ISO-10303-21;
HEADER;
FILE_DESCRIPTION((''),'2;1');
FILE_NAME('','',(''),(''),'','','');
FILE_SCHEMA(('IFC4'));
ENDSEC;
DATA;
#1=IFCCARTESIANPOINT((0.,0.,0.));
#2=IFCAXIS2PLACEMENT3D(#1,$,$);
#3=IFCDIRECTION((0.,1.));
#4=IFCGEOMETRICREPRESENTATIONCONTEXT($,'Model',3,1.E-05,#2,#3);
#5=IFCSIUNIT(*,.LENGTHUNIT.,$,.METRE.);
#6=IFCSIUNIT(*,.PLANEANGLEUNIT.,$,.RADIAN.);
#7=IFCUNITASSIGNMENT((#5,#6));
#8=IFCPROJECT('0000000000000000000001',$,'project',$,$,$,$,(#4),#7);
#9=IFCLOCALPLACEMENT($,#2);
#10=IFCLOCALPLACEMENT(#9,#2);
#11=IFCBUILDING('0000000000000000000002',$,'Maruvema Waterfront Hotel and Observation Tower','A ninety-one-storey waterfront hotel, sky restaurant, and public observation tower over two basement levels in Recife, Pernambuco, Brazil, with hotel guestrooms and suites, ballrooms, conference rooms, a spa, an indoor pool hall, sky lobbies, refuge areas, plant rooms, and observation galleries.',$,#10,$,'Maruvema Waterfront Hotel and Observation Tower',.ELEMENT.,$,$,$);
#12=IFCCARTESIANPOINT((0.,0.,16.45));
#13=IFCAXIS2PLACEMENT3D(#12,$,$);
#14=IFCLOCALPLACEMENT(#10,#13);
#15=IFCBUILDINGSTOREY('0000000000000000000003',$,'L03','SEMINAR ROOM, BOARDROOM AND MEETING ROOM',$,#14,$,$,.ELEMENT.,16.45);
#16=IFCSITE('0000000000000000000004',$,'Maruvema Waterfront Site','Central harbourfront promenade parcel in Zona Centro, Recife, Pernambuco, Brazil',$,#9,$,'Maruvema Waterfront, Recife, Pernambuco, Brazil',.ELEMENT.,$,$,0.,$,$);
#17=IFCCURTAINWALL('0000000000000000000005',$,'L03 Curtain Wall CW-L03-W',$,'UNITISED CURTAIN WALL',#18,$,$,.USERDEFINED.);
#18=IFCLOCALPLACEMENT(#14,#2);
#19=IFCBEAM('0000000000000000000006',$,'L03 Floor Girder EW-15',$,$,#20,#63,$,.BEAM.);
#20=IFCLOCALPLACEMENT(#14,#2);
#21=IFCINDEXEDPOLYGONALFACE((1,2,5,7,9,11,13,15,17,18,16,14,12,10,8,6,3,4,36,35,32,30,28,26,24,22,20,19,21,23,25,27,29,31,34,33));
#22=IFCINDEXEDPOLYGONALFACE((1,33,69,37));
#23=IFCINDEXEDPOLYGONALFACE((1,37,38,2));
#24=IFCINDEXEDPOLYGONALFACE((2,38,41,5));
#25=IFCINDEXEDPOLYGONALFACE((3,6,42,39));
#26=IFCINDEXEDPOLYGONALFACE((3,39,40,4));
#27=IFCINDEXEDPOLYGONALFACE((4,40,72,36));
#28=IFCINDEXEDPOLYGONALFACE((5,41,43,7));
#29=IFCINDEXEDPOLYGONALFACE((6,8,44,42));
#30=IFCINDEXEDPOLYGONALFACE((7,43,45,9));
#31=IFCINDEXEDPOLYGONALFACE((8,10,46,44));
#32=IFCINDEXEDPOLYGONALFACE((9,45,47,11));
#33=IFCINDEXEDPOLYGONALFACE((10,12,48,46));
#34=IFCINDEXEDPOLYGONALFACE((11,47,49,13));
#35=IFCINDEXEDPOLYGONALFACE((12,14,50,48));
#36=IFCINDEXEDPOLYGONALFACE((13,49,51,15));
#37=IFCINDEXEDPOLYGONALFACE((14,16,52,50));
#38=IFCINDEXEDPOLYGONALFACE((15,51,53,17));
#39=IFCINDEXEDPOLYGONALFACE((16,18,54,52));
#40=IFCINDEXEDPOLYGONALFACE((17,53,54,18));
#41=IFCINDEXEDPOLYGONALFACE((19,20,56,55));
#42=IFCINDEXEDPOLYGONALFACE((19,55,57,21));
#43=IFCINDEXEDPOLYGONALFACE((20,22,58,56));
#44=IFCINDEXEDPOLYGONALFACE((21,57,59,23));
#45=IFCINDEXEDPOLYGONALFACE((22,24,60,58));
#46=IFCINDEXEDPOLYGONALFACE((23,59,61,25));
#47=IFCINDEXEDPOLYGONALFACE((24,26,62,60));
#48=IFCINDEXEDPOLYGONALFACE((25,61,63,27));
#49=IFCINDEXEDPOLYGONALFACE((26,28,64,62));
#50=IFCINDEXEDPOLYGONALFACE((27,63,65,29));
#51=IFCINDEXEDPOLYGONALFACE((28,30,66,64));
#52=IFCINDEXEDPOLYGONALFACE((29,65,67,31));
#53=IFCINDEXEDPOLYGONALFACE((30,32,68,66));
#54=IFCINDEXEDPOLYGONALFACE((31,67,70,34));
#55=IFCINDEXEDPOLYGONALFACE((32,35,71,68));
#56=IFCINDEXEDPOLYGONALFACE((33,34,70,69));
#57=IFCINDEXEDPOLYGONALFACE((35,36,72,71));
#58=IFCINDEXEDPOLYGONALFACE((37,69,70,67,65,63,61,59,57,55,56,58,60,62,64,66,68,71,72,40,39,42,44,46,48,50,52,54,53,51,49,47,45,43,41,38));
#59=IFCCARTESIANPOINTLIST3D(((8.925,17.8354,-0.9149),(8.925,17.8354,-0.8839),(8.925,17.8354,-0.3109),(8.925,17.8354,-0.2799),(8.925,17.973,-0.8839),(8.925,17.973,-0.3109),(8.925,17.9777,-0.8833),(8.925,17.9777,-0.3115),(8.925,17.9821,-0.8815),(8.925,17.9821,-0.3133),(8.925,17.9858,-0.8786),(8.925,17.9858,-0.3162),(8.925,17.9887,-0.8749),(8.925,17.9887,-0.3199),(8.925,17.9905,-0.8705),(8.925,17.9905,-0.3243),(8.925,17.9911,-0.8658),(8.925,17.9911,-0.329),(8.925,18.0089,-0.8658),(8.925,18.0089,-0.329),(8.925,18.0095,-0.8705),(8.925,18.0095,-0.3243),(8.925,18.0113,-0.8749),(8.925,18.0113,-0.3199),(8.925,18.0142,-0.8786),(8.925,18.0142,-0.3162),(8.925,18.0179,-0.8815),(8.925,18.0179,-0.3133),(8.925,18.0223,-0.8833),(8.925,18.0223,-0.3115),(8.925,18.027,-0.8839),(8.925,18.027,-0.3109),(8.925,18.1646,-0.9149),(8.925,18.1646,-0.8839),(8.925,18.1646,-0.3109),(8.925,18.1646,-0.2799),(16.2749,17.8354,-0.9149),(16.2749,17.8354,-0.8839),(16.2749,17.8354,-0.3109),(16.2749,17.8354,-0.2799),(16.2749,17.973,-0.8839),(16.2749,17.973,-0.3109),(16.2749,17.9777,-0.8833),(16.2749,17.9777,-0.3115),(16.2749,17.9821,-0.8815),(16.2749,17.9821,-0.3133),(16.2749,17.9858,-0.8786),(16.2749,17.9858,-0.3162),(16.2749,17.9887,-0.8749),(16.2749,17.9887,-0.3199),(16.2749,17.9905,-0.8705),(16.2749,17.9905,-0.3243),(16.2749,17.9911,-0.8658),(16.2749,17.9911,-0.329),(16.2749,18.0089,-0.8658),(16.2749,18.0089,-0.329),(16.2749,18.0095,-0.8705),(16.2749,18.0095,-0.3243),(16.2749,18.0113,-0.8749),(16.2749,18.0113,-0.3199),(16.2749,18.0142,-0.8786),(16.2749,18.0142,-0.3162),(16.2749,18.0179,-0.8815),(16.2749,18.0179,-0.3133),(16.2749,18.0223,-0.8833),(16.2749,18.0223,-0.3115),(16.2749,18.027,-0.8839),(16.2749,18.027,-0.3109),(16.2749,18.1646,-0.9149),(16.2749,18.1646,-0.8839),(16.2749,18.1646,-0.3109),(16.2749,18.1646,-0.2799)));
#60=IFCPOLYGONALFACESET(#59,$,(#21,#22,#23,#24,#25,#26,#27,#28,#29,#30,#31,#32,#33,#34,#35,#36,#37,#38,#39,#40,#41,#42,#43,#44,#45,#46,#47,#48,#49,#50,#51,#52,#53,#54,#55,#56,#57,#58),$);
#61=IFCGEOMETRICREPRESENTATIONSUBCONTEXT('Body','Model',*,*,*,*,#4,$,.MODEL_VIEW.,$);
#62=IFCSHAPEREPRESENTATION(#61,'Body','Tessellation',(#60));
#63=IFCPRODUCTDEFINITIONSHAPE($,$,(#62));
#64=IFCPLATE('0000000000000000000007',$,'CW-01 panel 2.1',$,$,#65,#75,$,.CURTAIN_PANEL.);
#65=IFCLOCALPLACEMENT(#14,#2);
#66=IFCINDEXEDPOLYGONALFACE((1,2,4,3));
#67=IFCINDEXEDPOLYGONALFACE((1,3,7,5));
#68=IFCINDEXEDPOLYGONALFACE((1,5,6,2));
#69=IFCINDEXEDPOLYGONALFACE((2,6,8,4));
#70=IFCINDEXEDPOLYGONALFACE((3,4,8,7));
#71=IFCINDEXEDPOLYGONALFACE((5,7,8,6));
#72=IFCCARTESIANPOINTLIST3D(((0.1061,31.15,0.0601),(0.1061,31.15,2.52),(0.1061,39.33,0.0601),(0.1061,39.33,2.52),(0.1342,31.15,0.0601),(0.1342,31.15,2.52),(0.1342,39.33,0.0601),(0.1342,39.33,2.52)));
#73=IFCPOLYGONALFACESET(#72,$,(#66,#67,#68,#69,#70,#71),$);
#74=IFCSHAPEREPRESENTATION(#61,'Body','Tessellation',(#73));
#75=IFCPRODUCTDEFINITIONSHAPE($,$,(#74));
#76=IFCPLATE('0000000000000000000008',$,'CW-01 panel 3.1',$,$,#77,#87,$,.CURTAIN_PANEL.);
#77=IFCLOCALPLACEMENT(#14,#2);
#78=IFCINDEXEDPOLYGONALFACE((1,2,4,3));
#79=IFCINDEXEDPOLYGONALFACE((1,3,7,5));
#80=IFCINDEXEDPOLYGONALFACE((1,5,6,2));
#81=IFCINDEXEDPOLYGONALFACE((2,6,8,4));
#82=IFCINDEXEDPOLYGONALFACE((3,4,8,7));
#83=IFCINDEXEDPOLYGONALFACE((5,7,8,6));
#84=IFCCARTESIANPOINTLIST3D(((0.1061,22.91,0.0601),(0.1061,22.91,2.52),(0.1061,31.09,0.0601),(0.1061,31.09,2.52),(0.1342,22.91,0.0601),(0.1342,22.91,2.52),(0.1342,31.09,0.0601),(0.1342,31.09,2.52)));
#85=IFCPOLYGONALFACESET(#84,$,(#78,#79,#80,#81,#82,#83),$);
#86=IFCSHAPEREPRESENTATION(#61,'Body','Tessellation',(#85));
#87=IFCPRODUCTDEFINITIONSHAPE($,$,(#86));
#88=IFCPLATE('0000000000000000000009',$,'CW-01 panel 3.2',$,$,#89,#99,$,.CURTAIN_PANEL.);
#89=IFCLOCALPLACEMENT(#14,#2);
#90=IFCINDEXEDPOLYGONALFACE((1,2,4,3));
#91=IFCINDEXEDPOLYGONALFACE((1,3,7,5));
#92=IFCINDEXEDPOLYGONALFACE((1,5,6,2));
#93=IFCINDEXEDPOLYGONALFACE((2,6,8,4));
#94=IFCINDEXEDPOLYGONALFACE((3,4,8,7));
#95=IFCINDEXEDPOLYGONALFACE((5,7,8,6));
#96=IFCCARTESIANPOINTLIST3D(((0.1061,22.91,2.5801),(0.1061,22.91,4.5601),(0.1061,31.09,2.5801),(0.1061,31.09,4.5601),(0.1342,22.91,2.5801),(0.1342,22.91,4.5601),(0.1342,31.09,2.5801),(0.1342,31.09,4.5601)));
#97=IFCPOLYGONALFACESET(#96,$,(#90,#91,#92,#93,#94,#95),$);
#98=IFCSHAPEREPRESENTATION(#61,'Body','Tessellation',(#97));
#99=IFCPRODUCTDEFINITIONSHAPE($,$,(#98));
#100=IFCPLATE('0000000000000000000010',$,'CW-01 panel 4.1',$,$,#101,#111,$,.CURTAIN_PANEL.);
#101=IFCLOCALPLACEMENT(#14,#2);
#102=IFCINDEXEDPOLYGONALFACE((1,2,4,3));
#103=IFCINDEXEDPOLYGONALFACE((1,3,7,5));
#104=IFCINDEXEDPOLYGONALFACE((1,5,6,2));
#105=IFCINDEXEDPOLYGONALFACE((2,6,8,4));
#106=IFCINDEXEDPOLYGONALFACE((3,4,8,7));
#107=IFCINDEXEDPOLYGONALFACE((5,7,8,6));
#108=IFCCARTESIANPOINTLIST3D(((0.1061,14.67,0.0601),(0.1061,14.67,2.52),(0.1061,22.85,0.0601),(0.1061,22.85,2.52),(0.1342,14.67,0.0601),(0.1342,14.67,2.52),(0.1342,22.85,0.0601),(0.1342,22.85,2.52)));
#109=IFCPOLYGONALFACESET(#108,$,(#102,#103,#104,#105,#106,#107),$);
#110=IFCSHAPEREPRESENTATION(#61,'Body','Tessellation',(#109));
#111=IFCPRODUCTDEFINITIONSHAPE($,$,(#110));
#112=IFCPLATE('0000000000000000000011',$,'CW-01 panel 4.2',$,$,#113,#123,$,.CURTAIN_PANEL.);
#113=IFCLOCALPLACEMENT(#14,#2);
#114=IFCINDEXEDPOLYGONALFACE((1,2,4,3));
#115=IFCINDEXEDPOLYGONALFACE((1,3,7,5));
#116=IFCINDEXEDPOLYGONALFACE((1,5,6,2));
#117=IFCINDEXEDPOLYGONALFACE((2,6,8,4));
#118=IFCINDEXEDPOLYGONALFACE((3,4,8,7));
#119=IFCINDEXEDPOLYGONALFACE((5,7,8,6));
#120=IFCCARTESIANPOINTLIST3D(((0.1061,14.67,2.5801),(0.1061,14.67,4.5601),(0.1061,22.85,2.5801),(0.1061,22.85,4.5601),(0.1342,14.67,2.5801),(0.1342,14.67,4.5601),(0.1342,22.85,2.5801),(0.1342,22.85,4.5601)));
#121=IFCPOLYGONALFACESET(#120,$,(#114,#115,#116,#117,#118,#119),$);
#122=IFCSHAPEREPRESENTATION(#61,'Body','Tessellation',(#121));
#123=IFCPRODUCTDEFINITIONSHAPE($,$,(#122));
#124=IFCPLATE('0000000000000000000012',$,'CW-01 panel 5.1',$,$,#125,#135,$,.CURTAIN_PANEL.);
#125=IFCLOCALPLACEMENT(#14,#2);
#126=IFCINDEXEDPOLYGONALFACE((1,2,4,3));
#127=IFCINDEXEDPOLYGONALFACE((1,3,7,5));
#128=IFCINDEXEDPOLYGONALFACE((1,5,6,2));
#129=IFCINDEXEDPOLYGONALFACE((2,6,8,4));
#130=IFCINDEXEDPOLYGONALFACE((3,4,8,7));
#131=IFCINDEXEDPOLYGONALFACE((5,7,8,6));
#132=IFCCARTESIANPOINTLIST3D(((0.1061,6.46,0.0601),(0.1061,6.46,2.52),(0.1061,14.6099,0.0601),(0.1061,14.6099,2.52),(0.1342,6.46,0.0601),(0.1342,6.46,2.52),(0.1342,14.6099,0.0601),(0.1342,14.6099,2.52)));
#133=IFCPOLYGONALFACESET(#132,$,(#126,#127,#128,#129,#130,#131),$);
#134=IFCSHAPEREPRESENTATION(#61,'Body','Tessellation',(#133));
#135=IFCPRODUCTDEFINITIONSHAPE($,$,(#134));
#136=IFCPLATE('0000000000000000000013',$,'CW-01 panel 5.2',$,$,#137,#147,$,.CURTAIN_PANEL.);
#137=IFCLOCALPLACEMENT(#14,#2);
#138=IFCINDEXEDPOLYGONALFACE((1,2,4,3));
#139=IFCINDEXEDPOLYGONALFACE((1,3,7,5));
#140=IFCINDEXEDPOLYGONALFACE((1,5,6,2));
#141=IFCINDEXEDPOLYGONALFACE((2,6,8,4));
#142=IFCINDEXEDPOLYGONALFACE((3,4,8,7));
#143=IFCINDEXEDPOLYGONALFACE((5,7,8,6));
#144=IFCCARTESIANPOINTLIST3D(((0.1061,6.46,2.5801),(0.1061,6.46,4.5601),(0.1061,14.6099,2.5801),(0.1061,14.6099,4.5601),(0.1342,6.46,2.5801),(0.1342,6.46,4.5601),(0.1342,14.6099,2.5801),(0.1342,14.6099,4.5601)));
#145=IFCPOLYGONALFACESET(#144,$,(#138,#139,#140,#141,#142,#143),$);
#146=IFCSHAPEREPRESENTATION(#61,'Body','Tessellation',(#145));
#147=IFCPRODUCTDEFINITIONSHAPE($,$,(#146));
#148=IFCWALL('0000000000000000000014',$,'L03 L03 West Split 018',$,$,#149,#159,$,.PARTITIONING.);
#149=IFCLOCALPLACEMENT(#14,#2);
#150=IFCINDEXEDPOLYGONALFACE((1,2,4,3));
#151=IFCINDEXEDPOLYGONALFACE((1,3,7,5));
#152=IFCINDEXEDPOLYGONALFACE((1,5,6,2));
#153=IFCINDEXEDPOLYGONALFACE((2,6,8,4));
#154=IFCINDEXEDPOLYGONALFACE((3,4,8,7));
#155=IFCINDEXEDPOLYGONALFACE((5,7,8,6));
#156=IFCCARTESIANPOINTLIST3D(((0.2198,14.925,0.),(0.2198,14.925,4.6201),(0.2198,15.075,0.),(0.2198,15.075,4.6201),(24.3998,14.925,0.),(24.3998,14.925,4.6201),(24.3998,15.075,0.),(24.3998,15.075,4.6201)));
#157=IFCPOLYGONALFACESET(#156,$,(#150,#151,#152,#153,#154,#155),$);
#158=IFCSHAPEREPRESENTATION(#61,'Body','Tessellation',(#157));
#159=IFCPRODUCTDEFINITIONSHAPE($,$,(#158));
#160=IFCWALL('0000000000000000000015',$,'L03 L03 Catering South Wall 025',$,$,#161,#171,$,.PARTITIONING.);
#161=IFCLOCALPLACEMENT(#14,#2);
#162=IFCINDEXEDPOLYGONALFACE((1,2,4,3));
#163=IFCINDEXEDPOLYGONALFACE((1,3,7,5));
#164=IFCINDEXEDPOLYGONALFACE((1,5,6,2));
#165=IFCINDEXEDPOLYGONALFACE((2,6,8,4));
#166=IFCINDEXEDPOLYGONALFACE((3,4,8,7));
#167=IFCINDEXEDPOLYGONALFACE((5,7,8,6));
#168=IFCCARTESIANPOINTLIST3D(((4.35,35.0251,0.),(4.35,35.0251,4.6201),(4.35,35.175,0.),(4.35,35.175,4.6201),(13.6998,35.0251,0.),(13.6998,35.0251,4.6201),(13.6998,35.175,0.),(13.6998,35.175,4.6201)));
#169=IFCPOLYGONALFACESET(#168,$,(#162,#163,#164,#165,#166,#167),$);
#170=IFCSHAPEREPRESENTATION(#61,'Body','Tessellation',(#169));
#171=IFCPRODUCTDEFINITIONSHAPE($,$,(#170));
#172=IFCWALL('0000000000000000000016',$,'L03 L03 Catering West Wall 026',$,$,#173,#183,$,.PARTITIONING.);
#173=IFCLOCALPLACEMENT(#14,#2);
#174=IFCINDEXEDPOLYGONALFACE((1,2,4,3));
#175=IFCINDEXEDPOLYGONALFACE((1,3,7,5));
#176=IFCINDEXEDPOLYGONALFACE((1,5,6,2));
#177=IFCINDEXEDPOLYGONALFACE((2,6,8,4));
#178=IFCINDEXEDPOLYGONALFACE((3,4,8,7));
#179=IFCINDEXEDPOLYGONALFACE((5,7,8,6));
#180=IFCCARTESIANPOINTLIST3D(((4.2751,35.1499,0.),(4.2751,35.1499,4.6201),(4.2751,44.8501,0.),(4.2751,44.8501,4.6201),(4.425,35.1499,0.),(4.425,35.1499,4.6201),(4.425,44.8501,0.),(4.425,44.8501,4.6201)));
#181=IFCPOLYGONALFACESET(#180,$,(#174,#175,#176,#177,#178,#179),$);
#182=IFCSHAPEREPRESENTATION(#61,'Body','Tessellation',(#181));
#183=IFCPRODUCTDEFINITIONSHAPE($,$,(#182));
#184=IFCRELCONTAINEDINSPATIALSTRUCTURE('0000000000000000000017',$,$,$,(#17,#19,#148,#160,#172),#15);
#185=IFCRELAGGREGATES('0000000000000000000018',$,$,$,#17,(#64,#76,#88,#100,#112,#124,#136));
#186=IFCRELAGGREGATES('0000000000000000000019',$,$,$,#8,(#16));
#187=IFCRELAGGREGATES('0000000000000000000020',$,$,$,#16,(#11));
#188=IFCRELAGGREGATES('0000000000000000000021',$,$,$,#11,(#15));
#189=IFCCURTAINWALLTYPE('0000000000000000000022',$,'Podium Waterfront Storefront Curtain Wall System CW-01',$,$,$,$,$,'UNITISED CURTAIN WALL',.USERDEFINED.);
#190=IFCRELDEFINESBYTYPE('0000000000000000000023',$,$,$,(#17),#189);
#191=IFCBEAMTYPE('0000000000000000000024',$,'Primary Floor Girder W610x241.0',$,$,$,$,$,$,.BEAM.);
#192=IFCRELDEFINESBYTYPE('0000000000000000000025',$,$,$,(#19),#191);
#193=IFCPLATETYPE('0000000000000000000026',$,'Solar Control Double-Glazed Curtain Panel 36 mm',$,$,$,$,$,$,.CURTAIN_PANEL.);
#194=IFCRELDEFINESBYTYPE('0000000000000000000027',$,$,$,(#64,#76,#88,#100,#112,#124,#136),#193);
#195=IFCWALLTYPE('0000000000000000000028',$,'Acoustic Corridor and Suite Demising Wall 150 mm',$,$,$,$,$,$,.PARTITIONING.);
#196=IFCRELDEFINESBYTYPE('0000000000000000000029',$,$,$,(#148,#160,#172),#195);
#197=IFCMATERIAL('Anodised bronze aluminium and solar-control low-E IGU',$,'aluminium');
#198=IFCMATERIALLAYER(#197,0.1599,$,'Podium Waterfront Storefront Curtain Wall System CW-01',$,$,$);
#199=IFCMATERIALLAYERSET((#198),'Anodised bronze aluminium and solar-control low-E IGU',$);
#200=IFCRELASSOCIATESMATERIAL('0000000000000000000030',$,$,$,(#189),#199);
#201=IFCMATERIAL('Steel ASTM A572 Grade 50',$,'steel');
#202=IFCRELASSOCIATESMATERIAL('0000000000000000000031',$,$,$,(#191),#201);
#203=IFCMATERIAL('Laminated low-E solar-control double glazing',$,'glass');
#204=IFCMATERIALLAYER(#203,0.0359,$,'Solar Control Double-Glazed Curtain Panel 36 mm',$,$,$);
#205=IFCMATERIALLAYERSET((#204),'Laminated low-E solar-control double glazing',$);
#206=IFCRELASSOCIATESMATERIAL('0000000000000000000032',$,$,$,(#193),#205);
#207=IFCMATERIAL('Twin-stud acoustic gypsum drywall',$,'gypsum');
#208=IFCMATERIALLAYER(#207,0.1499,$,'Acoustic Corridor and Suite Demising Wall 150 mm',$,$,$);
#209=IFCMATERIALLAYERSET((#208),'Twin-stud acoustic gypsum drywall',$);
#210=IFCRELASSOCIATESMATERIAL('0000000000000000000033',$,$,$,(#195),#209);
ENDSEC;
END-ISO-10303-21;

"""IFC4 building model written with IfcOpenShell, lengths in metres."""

from ifc_helpers import new_model, si_unit, direction, frame, frame_2d, origin, origin_2d, place, context, subcontext, project, spatial, rectangle, i_section, extrude, material, layer, layer_set, material_profile, profile_set, type_object, element, aggregate, save


model = new_model("IFC4")

# Units and contexts
model_context = context("Model", 3, precision=1e-05, world=origin(), true_north=direction((0.0, 1.0)))
body_context = subcontext(model_context, "Body", "Model", "MODEL_VIEW")
ifc_project = project(units=[si_unit("LENGTHUNIT", "METRE"), si_unit("PLANEANGLEUNIT", "RADIAN")], contexts=[model_context])

# Site, building, storey
site_placement = place(None, origin())
site = spatial("IfcSite", under=ifc_project, at=site_placement, Name="Maruvema Waterfront Site", Description="Central harbourfront promenade parcel in Zona Centro, Recife, Pernambuco, Brazil", LongName="Maruvema Waterfront, Recife, Pernambuco, Brazil", CompositionType="ELEMENT", RefElevation=0.0)
building_placement = place(site_placement, origin())
building = spatial("IfcBuilding", under=site, at=building_placement, Name="Maruvema Waterfront Hotel and Observation Tower", Description="A ninety-one-storey waterfront hotel, sky restaurant, and public observation tower over two basement levels in Recife, Pernambuco, Brazil, with hotel guestrooms and suites, ballrooms, conference rooms, a spa, an indoor pool hall, sky lobbies, refuge areas, plant rooms, and observation galleries.", LongName="Maruvema Waterfront Hotel and Observation Tower", CompositionType="ELEMENT")
storey_placement = place(building_placement, frame((0.0, 0.0, 16.45)))
storey = spatial("IfcBuildingStorey", under=building, at=storey_placement, Name="L03", Description="SEMINAR ROOM, BOARDROOM AND MEETING ROOM", CompositionType="ELEMENT", Elevation=16.45)

# Curtain wall
ifc_material_1 = material(Name="Anodised bronze aluminium and solar-control low-E IGU", Category="aluminium")
ifc_layer_1 = layer(ifc_material_1, 0.1599, Name="Podium Waterfront Storefront Curtain Wall System CW-01")
ifc_layer_set_1 = layer_set([ifc_layer_1], Name="Anodised bronze aluminium and solar-control low-E IGU")
curtain_wall_type = type_object("IfcCurtainWallType", Name="Podium Waterfront Storefront Curtain Wall System CW-01", ElementType="UNITISED CURTAIN WALL", PredefinedType="USERDEFINED", material=ifc_layer_set_1)
curtain_wall_placement = place(storey_placement, origin())
curtain_wall = element("IfcCurtainWall", 1, at=curtain_wall_placement, inside=storey, type_object=curtain_wall_type, Name="L03 Curtain Wall CW-L03-W", ObjectType="UNITISED CURTAIN WALL", PredefinedType="USERDEFINED")

# Beam
ifc_material_2 = material(Name="Steel ASTM A572 Grade 50", Category="steel")
ifc_material_profile_1 = material_profile(ifc_material_2, i_section(OverallWidth=0.3291, OverallDepth=0.635, WebThickness=0.0178, FlangeThickness=0.031, FilletRadius=0.0181, at=origin_2d()), Name="W610x241.0")
ifc_profile_set_1 = profile_set([ifc_material_profile_1], Name="Steel ASTM A572 Grade 50")
beam_type_1 = type_object("IfcBeamType", Name="Primary Floor Girder W610x241.0", PredefinedType="BEAM", material=ifc_profile_set_1)
beam_placement = place(storey_placement, frame((8.925, 18.0, -0.5974), z_axis=(1.0, 0.0, 0.0), x_axis=(0.0, 1.0, 0.0)))
element("IfcBeam", 2, at=beam_placement, inside=storey, type_object=beam_type_1, Name="L03 Floor Girder EW-15", PredefinedType="BEAM", context=body_context, shape_type="SweptSolid", body=[
    extrude(i_section(OverallWidth=0.3291, OverallDepth=0.635, WebThickness=0.0178, FlangeThickness=0.031, FilletRadius=0.0181, at=origin_2d()), origin(), (0.0, 0.0, 1.0), 7.3499),
])

# Plates
ifc_material_3 = material(Name="Laminated low-E solar-control double glazing", Category="glass")
ifc_layer_2 = layer(ifc_material_3, 0.0359, Name="Solar Control Double-Glazed Curtain Panel 36 mm")
ifc_layer_set_2 = layer_set([ifc_layer_2], Name="Laminated low-E solar-control double glazing")
plate_type = type_object("IfcPlateType", Name="Solar Control Double-Glazed Curtain Panel 36 mm", PredefinedType="CURTAIN_PANEL", material=ifc_layer_set_2)
plate_1_placement = place(storey_placement, frame((0.1201, 35.24, 0.0601), z_axis=(0.0, 0.0, 1.0), x_axis=(0.0, -1.0, 0.0)))
plate_1 = element("IfcPlate", 3, at=plate_1_placement, type_object=plate_type, Name="CW-01 panel 2.1", PredefinedType="CURTAIN_PANEL", context=body_context, shape_type="SweptSolid", body=[
    extrude(rectangle(XDim=8.1799, YDim=0.0281, at=origin_2d()), origin(), (0.0, 0.0, 1.0), 2.46),
])
plate_2_placement = place(storey_placement, frame((0.1201, 27.0, 0.0601), z_axis=(0.0, 0.0, 1.0), x_axis=(0.0, -1.0, 0.0)))
plate_2 = element("IfcPlate", 4, at=plate_2_placement, type_object=plate_type, Name="CW-01 panel 3.1", PredefinedType="CURTAIN_PANEL", context=body_context, shape_type="SweptSolid", body=[
    extrude(rectangle(XDim=8.1799, YDim=0.0281, at=origin_2d()), origin(), (0.0, 0.0, 1.0), 2.46),
])
plate_3_placement = place(storey_placement, frame((0.1201, 27.0, 2.5801), z_axis=(0.0, 0.0, 1.0), x_axis=(0.0, -1.0, 0.0)))
plate_3 = element("IfcPlate", 5, at=plate_3_placement, type_object=plate_type, Name="CW-01 panel 3.2", PredefinedType="CURTAIN_PANEL", context=body_context, shape_type="SweptSolid", body=[
    extrude(rectangle(XDim=8.1799, YDim=0.0281, at=origin_2d()), origin(), (0.0, 0.0, 1.0), 1.98),
])
plate_4_placement = place(storey_placement, frame((0.1201, 18.76, 0.0601), z_axis=(0.0, 0.0, 1.0), x_axis=(0.0, -1.0, 0.0)))
plate_4 = element("IfcPlate", 6, at=plate_4_placement, type_object=plate_type, Name="CW-01 panel 4.1", PredefinedType="CURTAIN_PANEL", context=body_context, shape_type="SweptSolid", body=[
    extrude(rectangle(XDim=8.1799, YDim=0.0281, at=origin_2d()), origin(), (0.0, 0.0, 1.0), 2.46),
])
plate_5_placement = place(storey_placement, frame((0.1201, 18.76, 2.5801), z_axis=(0.0, 0.0, 1.0), x_axis=(0.0, -1.0, 0.0)))
plate_5 = element("IfcPlate", 7, at=plate_5_placement, type_object=plate_type, Name="CW-01 panel 4.2", PredefinedType="CURTAIN_PANEL", context=body_context, shape_type="SweptSolid", body=[
    extrude(rectangle(XDim=8.1799, YDim=0.0281, at=origin_2d()), origin(), (0.0, 0.0, 1.0), 1.98),
])
plate_6_placement = place(storey_placement, frame((0.1201, 10.5349, 0.0601), z_axis=(0.0, 0.0, 1.0), x_axis=(0.0, -1.0, 0.0)))
plate_6 = element("IfcPlate", 8, at=plate_6_placement, type_object=plate_type, Name="CW-01 panel 5.1", PredefinedType="CURTAIN_PANEL", context=body_context, shape_type="SweptSolid", body=[
    extrude(rectangle(XDim=8.1499, YDim=0.0281, at=origin_2d()), origin(), (0.0, 0.0, 1.0), 2.46),
])
plate_7_placement = place(storey_placement, frame((0.1201, 10.5349, 2.5801), z_axis=(0.0, 0.0, 1.0), x_axis=(0.0, -1.0, 0.0)))
plate_7 = element("IfcPlate", 9, at=plate_7_placement, type_object=plate_type, Name="CW-01 panel 5.2", PredefinedType="CURTAIN_PANEL", context=body_context, shape_type="SweptSolid", body=[
    extrude(rectangle(XDim=8.1499, YDim=0.0281, at=origin_2d()), origin(), (0.0, 0.0, 1.0), 1.98),
])
aggregate(curtain_wall, [plate_1, plate_2, plate_3, plate_4, plate_5, plate_6, plate_7])

# Walls
ifc_material_4 = material(Name="Twin-stud acoustic gypsum drywall", Category="gypsum")
ifc_layer_3 = layer(ifc_material_4, 0.1499, Name="Acoustic Corridor and Suite Demising Wall 150 mm")
ifc_layer_set_3 = layer_set([ifc_layer_3], Name="Twin-stud acoustic gypsum drywall")
wall_type = type_object("IfcWallType", Name="Acoustic Corridor and Suite Demising Wall 150 mm", PredefinedType="PARTITIONING", material=ifc_layer_set_3)
wall_1_placement = place(storey_placement, frame((0.22, 15.0, 0.0), z_axis=(0.0, 0.0, 1.0), x_axis=(1.0, 0.0, 0.0)))
element("IfcWall", 10, at=wall_1_placement, inside=storey, type_object=wall_type, Name="L03 L03 West Split 018", PredefinedType="PARTITIONING", context=body_context, shape_type="SweptSolid", body=[
    extrude(rectangle(XDim=24.1799, YDim=0.1499, at=frame_2d((12.0898, 0.0))), origin(), (0.0, 0.0, 1.0), 4.6201),
])
wall_2_placement = place(storey_placement, frame((4.3501, 35.1001, 0.0), z_axis=(0.0, 0.0, 1.0), x_axis=(1.0, 0.0, 0.0)))
element("IfcWall", 11, at=wall_2_placement, inside=storey, type_object=wall_type, Name="L03 L03 Catering South Wall 025", PredefinedType="PARTITIONING", context=body_context, shape_type="SweptSolid", body=[
    extrude(rectangle(XDim=9.3499, YDim=0.1499, at=frame_2d((4.6748, 0.0))), origin(), (0.0, 0.0, 1.0), 4.6201),
])
wall_3_placement = place(storey_placement, frame((4.3501, 35.1499, 0.0), z_axis=(0.0, 0.0, 1.0), x_axis=(0.0, 1.0, 0.0)))
element("IfcWall", 12, at=wall_3_placement, inside=storey, type_object=wall_type, Name="L03 L03 Catering West Wall 026", PredefinedType="PARTITIONING", context=body_context, shape_type="SweptSolid", body=[
    extrude(rectangle(XDim=9.7002, YDim=0.1499, at=frame_2d((4.8501, 0.0))), origin(), (0.0, 0.0, 1.0), 4.6201),
])

save(model, "model.ifc")
